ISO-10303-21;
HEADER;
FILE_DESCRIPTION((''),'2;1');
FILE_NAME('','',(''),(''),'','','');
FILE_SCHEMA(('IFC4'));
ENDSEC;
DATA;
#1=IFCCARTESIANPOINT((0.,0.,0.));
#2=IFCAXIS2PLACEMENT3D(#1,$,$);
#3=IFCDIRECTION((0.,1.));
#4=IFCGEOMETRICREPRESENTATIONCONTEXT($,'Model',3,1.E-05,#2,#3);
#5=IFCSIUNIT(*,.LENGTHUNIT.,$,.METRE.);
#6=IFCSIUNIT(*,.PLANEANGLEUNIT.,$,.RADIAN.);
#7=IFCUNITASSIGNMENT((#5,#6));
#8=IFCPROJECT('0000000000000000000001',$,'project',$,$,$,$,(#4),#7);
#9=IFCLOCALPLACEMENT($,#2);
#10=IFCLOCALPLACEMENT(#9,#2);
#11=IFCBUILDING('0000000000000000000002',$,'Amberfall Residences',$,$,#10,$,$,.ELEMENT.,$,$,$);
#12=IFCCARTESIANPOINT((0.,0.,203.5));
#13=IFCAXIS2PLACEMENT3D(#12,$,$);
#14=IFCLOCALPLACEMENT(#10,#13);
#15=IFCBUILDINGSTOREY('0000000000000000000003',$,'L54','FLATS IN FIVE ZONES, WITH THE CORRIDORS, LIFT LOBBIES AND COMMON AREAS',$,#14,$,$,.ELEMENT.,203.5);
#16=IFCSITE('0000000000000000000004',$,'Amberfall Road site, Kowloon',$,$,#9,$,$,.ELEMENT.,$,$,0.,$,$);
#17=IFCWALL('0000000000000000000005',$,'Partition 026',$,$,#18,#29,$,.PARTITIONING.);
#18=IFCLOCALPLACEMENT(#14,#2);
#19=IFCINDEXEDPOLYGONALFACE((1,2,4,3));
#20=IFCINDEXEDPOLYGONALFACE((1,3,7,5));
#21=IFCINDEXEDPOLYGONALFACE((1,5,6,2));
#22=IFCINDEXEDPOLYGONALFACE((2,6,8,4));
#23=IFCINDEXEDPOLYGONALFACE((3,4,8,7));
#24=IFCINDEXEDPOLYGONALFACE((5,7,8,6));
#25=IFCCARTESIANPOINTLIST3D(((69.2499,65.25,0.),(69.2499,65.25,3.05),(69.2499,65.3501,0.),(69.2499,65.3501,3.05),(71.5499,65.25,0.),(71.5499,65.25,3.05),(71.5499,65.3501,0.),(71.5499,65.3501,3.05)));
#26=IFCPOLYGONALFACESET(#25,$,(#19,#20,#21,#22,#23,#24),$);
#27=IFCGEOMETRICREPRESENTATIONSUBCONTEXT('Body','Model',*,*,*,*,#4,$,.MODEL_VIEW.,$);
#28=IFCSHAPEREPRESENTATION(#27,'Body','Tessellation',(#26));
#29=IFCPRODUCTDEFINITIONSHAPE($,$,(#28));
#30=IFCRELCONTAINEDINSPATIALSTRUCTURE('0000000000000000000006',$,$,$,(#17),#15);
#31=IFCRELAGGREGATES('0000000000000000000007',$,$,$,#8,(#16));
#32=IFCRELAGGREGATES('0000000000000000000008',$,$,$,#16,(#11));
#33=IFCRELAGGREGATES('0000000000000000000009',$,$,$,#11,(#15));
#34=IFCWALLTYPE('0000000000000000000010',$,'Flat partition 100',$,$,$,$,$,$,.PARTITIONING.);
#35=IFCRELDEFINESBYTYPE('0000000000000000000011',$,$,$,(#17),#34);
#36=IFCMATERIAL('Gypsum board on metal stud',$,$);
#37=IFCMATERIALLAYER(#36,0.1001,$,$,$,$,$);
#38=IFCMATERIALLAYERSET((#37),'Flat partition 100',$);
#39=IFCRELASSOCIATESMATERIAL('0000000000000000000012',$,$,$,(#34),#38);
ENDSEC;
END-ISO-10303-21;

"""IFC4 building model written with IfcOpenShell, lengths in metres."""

from ifc_helpers import new_model, si_unit, direction, frame, frame_2d, origin, place, context, subcontext, project, spatial, rectangle, extrude, material, layer, layer_set, type_object, element, save


model = new_model("IFC4")

# Units and contexts
model_context = context("Model", 3, precision=1e-05, world=origin(), true_north=direction((0.0, 1.0)))
body_context = subcontext(model_context, "Body", "Model", "MODEL_VIEW")
ifc_project = project(units=[si_unit("LENGTHUNIT", "METRE"), si_unit("PLANEANGLEUNIT", "RADIAN")], contexts=[model_context])

# Site, building, storey
site_placement = place(None, origin())
site = spatial("IfcSite", under=ifc_project, at=site_placement, Name="Amberfall Road site, Kowloon", CompositionType="ELEMENT", RefElevation=0.0)
building_placement = place(site_placement, origin())
building = spatial("IfcBuilding", under=site, at=building_placement, Name="Amberfall Residences", CompositionType="ELEMENT")
storey_placement = place(building_placement, frame((0.0, 0.0, 203.5)))
storey = spatial("IfcBuildingStorey", under=building, at=storey_placement, Name="L54", Description="FLATS IN FIVE ZONES, WITH THE CORRIDORS, LIFT LOBBIES AND COMMON AREAS", CompositionType="ELEMENT", Elevation=203.5)

# Shared definitions
ifc_material_1 = material(Name="Gypsum board on metal stud")
ifc_layer_1 = layer(ifc_material_1, 0.1001)
ifc_layer_set_1 = layer_set([ifc_layer_1], Name="Flat partition 100")
wall_type = type_object("IfcWallType", Name="Flat partition 100", PredefinedType="PARTITIONING", material=ifc_layer_set_1)

# Wall
wall_1_placement = place(storey_placement, frame((69.25, 65.3, 0.0), z_axis=(0.0, 0.0, 1.0), x_axis=(1.0, 0.0, 0.0)))
element("IfcWall", 1, at=wall_1_placement, inside=storey, type_object=wall_type, Name="Partition 026", PredefinedType="PARTITIONING", context=body_context, shape_type="SweptSolid", body=[
    extrude(rectangle(XDim=2.3, YDim=0.1001, at=frame_2d((1.1499, 0.0))), origin(), (0.0, 0.0, 1.0), 3.05),
])

save(model, "model.ifc")
